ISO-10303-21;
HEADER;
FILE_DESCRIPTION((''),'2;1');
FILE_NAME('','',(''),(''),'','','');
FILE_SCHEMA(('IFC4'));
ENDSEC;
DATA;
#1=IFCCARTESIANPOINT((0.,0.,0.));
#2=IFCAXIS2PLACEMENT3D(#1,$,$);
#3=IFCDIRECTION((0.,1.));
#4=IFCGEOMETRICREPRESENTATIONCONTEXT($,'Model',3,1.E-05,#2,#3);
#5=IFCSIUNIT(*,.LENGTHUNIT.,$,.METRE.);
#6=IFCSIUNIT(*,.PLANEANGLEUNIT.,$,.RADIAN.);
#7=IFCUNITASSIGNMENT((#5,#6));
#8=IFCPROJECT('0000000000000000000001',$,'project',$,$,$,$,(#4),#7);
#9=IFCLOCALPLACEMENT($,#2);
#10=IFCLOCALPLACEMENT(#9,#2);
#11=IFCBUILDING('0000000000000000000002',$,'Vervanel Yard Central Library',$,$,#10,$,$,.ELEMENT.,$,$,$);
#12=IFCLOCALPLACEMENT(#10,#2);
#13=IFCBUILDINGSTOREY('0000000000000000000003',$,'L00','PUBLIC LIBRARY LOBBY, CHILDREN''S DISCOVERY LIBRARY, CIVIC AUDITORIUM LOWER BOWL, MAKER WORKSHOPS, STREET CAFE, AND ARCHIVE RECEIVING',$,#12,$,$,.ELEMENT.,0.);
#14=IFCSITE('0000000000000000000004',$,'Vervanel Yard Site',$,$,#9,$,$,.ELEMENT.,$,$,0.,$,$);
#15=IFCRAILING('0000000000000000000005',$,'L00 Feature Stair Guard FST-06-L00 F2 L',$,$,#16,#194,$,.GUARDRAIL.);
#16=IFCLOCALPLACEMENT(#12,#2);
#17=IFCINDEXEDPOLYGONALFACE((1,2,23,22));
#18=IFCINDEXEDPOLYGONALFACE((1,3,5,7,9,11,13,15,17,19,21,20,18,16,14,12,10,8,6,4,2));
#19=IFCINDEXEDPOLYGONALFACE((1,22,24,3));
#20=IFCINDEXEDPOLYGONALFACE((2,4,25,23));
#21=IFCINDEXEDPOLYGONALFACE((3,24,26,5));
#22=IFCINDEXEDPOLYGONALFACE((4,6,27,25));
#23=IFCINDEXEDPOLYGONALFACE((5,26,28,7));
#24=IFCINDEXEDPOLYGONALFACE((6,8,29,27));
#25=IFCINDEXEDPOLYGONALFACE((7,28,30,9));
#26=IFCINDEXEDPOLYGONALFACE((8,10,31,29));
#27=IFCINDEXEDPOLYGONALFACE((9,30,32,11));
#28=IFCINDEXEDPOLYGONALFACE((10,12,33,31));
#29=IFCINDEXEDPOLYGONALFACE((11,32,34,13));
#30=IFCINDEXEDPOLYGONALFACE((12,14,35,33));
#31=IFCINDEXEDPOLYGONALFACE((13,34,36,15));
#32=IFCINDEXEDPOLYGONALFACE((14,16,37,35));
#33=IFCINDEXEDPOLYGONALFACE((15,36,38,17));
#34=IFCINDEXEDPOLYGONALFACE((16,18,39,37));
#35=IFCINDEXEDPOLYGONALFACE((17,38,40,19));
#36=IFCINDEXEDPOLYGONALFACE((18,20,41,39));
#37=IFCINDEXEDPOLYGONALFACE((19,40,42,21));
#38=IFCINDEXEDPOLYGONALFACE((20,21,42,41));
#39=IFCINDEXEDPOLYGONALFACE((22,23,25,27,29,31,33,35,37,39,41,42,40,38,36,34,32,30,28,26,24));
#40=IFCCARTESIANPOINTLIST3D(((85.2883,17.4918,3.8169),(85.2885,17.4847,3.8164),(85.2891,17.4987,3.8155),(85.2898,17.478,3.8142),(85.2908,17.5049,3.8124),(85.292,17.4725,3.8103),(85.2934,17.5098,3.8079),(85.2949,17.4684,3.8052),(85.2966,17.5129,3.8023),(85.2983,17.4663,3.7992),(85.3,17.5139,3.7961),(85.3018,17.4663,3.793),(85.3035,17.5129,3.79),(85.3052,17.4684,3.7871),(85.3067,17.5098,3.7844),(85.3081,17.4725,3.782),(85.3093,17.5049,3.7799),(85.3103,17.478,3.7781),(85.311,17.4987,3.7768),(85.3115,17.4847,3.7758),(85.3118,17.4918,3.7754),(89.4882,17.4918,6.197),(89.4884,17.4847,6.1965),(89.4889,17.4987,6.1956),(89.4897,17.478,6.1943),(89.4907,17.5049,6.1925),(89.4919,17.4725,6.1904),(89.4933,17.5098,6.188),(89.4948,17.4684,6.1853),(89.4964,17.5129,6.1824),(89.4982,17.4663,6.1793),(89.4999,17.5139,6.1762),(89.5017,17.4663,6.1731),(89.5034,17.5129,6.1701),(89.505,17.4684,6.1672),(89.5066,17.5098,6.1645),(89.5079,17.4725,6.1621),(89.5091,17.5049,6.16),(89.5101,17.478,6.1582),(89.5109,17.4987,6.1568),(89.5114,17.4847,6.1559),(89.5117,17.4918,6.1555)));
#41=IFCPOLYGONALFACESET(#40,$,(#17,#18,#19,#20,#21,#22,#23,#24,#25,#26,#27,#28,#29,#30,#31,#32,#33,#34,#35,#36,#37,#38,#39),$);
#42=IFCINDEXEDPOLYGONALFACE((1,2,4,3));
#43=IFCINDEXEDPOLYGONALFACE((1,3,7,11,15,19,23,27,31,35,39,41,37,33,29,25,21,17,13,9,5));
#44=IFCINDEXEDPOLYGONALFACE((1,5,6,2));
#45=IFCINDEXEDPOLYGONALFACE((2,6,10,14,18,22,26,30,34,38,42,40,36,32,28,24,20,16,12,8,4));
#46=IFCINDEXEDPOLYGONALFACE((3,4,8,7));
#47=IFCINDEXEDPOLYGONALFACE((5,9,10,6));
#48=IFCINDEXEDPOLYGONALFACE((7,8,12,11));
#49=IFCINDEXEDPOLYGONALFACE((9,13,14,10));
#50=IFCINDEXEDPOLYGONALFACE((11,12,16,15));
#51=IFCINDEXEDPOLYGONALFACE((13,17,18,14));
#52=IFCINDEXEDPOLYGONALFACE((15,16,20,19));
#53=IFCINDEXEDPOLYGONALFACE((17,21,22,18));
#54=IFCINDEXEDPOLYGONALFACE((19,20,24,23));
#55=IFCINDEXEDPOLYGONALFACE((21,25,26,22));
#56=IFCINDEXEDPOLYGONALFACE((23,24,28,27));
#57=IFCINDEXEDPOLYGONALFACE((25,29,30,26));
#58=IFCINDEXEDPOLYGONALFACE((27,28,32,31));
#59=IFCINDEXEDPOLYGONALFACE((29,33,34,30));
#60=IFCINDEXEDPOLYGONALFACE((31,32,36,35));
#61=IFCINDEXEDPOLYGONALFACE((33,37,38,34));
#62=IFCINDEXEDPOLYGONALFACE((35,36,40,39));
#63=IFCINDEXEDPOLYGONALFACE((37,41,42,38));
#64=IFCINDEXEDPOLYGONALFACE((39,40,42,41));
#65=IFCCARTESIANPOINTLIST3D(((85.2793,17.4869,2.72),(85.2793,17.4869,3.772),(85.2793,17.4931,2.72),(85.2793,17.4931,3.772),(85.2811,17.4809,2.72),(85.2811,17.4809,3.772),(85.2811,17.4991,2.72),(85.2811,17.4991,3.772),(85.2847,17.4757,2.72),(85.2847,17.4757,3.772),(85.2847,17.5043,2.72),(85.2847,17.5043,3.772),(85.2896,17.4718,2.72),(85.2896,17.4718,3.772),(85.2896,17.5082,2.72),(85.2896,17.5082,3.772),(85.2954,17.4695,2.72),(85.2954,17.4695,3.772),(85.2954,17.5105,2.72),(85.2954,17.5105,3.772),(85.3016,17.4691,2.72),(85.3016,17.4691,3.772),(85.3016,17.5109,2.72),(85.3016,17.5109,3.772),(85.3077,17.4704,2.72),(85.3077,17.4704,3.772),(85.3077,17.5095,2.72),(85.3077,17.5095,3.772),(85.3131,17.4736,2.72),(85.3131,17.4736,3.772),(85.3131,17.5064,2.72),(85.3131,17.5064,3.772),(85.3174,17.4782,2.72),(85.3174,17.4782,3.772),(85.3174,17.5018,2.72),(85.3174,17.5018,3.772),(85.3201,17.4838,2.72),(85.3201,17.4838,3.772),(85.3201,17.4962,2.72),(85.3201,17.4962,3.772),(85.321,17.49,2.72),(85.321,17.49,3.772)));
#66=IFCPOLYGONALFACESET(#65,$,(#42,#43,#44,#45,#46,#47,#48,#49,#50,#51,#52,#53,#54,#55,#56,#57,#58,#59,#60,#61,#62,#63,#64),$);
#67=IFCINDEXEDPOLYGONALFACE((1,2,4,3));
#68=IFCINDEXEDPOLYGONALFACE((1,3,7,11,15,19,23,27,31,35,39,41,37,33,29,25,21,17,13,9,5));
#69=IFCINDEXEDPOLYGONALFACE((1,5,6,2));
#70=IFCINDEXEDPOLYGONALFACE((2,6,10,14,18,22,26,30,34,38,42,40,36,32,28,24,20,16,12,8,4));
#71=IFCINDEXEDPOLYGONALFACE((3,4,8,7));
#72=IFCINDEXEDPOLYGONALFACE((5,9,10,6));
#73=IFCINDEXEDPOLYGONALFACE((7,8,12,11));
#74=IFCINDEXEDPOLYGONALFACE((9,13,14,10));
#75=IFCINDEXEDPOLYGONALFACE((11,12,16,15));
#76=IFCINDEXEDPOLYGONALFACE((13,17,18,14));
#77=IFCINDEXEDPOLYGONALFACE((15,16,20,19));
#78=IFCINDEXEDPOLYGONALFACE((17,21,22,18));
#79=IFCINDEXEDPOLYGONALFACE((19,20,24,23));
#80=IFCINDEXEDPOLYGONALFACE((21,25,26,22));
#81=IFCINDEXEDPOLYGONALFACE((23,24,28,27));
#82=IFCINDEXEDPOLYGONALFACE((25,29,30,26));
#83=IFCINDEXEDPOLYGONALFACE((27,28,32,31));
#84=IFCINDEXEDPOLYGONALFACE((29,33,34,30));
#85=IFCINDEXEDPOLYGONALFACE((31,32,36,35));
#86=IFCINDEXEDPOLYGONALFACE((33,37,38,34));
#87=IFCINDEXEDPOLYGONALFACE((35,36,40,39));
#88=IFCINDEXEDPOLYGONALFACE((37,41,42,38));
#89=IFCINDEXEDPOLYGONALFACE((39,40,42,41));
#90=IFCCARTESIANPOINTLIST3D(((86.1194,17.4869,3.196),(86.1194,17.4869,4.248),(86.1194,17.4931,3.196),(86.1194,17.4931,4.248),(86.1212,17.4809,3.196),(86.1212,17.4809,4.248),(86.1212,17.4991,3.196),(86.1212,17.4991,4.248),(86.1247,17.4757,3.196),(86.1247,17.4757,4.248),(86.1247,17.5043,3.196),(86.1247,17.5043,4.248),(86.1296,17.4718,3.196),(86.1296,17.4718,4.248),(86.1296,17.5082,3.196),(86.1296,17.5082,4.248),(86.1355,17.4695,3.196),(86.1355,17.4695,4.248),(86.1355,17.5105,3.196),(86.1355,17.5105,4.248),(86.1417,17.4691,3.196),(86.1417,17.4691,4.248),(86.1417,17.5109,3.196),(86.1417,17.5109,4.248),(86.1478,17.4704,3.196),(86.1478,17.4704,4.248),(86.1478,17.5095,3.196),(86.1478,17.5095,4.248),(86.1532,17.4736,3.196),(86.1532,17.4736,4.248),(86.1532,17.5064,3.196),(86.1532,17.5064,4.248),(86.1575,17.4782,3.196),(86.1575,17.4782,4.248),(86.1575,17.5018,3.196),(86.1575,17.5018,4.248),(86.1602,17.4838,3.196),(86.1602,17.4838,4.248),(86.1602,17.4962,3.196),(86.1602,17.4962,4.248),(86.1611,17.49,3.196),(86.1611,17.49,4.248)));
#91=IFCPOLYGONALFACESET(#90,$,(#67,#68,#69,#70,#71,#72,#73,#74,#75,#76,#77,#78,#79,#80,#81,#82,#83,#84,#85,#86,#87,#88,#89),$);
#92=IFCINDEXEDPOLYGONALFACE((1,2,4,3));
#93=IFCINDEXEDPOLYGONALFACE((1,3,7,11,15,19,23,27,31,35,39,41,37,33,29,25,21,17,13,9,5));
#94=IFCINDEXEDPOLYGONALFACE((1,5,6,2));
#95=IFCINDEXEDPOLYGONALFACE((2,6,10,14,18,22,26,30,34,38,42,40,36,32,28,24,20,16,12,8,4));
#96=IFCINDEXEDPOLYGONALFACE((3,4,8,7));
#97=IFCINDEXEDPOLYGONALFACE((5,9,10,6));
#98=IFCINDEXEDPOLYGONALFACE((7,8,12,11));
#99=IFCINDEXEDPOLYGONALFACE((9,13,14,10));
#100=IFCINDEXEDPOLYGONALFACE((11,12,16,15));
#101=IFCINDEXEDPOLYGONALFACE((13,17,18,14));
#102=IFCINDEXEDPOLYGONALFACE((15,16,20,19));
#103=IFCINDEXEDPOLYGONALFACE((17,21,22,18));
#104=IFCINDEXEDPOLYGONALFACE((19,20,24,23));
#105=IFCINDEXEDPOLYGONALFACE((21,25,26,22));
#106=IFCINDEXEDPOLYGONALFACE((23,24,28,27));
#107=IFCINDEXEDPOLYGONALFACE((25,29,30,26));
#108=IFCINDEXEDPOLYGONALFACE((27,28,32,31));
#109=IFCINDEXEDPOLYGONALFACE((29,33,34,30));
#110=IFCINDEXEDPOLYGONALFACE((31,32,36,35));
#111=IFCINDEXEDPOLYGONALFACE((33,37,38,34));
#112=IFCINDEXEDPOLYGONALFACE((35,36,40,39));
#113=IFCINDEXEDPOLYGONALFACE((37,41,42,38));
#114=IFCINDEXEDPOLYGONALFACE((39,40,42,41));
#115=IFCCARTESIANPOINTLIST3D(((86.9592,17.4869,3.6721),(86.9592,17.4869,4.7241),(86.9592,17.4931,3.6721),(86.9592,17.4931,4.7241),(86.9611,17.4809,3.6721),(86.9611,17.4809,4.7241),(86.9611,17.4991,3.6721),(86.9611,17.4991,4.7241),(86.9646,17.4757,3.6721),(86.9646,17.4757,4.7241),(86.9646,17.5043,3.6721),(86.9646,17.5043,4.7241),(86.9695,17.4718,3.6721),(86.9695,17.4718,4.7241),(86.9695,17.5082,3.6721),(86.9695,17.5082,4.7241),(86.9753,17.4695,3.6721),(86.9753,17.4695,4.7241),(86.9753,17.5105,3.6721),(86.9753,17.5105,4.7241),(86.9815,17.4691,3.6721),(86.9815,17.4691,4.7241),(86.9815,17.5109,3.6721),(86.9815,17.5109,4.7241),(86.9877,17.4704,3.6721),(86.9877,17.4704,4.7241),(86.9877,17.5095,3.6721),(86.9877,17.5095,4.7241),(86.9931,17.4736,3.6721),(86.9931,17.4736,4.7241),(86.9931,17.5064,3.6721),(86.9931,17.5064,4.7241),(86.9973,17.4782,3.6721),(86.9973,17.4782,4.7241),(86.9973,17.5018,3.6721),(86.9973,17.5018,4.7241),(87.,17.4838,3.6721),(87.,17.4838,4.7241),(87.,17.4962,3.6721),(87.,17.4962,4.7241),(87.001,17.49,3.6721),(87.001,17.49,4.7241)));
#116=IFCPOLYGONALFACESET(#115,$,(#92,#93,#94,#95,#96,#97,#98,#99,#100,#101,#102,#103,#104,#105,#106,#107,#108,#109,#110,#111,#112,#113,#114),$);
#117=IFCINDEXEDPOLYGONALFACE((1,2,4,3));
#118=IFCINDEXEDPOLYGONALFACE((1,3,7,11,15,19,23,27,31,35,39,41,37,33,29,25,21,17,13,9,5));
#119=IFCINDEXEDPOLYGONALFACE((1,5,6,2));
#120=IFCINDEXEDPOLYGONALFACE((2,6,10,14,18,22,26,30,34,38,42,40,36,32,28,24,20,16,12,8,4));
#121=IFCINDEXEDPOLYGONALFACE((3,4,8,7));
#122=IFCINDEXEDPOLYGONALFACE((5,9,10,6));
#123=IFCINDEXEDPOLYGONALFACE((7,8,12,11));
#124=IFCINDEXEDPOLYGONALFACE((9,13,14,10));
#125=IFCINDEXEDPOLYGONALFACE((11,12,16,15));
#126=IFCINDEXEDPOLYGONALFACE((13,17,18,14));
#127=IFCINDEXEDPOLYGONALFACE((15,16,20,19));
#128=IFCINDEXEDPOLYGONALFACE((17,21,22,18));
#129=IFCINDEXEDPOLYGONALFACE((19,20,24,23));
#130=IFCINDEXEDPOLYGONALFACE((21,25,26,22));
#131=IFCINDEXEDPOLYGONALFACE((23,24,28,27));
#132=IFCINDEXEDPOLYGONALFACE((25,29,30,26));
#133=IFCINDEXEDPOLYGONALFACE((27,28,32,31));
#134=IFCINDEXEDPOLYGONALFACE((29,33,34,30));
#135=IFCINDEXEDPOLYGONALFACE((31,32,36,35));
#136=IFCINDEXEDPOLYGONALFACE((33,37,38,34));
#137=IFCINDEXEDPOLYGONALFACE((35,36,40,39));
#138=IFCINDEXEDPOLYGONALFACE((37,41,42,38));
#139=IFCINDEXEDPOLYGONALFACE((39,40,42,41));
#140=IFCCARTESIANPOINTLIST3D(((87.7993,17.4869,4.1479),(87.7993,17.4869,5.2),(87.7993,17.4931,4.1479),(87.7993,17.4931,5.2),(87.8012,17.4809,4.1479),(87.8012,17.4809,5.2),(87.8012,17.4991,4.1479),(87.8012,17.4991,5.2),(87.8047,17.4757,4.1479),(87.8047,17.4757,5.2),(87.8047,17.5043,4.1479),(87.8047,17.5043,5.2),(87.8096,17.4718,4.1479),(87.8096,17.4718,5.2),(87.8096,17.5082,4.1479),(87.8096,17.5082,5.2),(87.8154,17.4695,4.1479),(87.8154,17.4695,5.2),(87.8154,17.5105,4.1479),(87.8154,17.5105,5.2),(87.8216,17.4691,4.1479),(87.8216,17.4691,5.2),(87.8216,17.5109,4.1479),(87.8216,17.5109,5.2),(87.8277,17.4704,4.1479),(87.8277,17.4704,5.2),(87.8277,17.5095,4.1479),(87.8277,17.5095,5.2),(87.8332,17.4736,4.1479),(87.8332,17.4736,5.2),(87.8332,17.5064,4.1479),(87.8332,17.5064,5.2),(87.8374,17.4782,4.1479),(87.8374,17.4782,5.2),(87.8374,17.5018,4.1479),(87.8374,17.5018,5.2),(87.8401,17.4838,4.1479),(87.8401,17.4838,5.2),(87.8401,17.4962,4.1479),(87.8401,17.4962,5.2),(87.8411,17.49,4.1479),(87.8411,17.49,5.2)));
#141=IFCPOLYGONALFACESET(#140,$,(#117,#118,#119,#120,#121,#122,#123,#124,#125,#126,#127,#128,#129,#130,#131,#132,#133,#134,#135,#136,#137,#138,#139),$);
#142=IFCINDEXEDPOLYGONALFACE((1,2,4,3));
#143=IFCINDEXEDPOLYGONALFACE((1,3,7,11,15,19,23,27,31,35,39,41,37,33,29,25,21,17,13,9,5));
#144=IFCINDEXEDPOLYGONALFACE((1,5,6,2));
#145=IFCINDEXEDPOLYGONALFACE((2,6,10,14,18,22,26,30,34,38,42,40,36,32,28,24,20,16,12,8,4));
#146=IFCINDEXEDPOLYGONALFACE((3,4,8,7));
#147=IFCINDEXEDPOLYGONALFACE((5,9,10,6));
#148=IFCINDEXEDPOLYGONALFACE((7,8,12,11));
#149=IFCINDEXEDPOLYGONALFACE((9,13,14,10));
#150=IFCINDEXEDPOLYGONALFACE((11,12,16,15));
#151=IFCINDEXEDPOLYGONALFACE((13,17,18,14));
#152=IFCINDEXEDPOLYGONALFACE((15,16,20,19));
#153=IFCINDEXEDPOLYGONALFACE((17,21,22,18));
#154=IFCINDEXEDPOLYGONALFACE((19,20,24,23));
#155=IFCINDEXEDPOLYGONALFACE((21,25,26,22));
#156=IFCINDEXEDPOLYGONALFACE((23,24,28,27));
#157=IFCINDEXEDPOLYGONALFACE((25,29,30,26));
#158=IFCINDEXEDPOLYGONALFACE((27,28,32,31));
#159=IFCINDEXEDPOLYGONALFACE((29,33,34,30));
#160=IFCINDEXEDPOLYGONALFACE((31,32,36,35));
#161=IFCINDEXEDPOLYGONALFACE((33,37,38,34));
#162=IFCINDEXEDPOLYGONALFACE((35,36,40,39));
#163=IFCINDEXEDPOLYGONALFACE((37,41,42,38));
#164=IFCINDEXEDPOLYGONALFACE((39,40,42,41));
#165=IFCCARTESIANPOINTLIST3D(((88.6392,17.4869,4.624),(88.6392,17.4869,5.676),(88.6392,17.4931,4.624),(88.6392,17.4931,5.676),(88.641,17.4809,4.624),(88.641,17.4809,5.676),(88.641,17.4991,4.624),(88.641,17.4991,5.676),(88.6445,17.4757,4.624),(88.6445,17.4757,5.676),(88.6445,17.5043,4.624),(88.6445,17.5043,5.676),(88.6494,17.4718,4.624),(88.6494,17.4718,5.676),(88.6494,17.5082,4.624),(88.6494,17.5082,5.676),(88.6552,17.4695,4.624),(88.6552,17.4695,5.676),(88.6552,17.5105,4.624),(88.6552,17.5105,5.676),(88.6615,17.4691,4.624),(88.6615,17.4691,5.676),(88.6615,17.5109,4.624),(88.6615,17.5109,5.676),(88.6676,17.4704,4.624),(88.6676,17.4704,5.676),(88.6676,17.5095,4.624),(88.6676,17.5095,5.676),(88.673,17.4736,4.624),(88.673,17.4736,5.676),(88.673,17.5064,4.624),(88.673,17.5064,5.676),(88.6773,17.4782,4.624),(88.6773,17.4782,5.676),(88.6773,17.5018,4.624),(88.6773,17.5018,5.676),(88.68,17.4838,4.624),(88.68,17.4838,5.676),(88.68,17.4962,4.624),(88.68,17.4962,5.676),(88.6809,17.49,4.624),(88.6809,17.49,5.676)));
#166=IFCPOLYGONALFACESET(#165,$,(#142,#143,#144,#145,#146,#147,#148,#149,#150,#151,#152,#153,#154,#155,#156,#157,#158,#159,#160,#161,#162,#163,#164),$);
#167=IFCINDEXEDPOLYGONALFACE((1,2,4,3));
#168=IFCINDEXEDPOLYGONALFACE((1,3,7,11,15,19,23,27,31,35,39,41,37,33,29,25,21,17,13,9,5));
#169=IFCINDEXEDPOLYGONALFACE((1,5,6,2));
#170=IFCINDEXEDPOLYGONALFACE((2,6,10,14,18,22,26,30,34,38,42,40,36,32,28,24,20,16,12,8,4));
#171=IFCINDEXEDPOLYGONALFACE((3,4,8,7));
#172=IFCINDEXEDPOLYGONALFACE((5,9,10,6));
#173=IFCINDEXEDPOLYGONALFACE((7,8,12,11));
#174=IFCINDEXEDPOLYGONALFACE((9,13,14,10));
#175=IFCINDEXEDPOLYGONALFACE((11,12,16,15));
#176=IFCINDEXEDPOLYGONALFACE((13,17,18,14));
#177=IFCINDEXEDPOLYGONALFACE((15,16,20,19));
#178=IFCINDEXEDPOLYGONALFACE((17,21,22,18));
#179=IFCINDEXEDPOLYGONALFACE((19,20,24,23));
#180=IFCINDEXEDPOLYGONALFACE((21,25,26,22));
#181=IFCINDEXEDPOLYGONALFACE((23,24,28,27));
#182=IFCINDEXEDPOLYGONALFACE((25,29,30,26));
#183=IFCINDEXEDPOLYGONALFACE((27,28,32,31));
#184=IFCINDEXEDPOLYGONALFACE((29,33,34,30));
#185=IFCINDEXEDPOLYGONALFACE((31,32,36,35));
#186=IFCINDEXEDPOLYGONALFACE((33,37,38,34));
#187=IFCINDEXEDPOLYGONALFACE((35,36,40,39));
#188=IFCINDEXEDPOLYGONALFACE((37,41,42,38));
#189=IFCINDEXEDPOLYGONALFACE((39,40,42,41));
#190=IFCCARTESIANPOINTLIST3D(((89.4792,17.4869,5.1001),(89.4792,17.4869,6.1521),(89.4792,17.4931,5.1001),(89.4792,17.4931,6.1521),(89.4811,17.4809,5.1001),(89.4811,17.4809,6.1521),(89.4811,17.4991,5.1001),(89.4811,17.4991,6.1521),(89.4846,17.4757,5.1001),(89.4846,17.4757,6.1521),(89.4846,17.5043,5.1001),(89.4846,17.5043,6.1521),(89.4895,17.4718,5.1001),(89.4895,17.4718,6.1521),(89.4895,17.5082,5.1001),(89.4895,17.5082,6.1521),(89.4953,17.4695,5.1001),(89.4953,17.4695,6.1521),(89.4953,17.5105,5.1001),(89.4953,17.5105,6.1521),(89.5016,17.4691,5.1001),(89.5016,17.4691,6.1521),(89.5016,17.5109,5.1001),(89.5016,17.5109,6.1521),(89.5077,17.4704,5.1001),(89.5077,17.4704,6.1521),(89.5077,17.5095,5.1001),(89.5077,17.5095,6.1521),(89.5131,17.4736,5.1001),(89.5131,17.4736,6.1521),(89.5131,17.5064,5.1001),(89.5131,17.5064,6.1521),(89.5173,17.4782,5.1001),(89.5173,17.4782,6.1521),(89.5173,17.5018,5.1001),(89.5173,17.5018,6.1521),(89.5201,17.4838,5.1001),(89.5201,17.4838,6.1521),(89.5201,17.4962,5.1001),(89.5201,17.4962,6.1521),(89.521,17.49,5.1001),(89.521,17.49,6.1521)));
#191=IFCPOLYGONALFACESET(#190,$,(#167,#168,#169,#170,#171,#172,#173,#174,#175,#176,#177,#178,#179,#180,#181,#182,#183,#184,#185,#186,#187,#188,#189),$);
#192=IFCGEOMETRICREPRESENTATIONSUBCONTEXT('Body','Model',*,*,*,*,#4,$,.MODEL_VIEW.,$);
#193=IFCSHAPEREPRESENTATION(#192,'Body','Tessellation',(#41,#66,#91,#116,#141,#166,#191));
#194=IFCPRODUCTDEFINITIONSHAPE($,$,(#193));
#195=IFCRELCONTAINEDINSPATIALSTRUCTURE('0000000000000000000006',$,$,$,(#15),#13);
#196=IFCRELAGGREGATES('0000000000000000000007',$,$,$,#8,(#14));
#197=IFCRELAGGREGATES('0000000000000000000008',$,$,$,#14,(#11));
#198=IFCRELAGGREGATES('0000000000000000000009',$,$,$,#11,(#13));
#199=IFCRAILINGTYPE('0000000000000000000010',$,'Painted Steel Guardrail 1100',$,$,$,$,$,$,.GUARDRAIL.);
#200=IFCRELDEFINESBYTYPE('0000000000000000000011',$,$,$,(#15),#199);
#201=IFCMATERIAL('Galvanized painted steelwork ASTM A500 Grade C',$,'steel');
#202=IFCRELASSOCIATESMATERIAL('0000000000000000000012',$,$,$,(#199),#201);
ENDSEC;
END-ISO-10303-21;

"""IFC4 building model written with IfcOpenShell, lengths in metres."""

from ifc_helpers import new_model, si_unit, direction, frame, origin, origin_2d, place, context, subcontext, project, spatial, circle, extrude, material, type_object, element, save


model = new_model("IFC4")

# Units and contexts
model_context = context("Model", 3, precision=1e-05, world=origin(), true_north=direction((0.0, 1.0)))
body_context = subcontext(model_context, "Body", "Model", "MODEL_VIEW")
ifc_project = project(units=[si_unit("LENGTHUNIT", "METRE"), si_unit("PLANEANGLEUNIT", "RADIAN")], contexts=[model_context])

# Site, building, storey
site_placement = place(None, origin())
site = spatial("IfcSite", under=ifc_project, at=site_placement, Name="Vervanel Yard Site", CompositionType="ELEMENT", RefElevation=0.0)
building_placement = place(site_placement, origin())
building = spatial("IfcBuilding", under=site, at=building_placement, Name="Vervanel Yard Central Library", CompositionType="ELEMENT")
storey_placement = place(building_placement, origin())
storey = spatial("IfcBuildingStorey", under=building, at=storey_placement, Name="L00", Description="PUBLIC LIBRARY LOBBY, CHILDREN'S DISCOVERY LIBRARY, CIVIC AUDITORIUM LOWER BOWL, MAKER WORKSHOPS, STREET CAFE, AND ARCHIVE RECEIVING", CompositionType="ELEMENT", Elevation=0.0)

# Railing
ifc_material_1 = material(Name="Galvanized painted steelwork ASTM A500 Grade C", Category="steel")
railing_type = type_object("IfcRailingType", Name="Painted Steel Guardrail 1100", PredefinedType="GUARDRAIL", material=ifc_material_1)
for number, where, name in (
    (1, (85.3, 17.49, 2.72), "L00 Feature Stair Guard FST-06-L00 F2 L"),
):
    element("IfcRailing", number, at=place(storey_placement, frame(where)), inside=storey, type_object=railing_type, Name=name, PredefinedType="GUARDRAIL", context=body_context, shape_type="SweptSolid", body=[
        extrude(circle(Radius=0.0239, at=origin_2d()), frame((0.0, 0.0, 1.0762), z_axis=(0.870008, 0.0, 0.493037), x_axis=(0.0, 1.0, 0.0)), (0.0, 0.0, 1.0), 4.8274),
        extrude(circle(Radius=0.021, at=origin_2d()), origin(), (0.0, 0.0, 1.0), 1.052),
        extrude(circle(Radius=0.021, at=origin_2d()), frame((0.8401, 0.0, 0.4761)), (0.0, 0.0, 1.0), 1.052),
        extrude(circle(Radius=0.021, at=origin_2d()), frame((1.6799, 0.0, 0.9521)), (0.0, 0.0, 1.0), 1.052),
        extrude(circle(Radius=0.021, at=origin_2d()), frame((2.52, 0.0, 1.428)), (0.0, 0.0, 1.0), 1.052),
        extrude(circle(Radius=0.021, at=origin_2d()), frame((3.3599, 0.0, 1.9041)), (0.0, 0.0, 1.0), 1.052),
        extrude(circle(Radius=0.021, at=origin_2d()), frame((4.2, 0.0, 2.3801)), (0.0, 0.0, 1.0), 1.052),
    ])

save(model, "model.ifc")
